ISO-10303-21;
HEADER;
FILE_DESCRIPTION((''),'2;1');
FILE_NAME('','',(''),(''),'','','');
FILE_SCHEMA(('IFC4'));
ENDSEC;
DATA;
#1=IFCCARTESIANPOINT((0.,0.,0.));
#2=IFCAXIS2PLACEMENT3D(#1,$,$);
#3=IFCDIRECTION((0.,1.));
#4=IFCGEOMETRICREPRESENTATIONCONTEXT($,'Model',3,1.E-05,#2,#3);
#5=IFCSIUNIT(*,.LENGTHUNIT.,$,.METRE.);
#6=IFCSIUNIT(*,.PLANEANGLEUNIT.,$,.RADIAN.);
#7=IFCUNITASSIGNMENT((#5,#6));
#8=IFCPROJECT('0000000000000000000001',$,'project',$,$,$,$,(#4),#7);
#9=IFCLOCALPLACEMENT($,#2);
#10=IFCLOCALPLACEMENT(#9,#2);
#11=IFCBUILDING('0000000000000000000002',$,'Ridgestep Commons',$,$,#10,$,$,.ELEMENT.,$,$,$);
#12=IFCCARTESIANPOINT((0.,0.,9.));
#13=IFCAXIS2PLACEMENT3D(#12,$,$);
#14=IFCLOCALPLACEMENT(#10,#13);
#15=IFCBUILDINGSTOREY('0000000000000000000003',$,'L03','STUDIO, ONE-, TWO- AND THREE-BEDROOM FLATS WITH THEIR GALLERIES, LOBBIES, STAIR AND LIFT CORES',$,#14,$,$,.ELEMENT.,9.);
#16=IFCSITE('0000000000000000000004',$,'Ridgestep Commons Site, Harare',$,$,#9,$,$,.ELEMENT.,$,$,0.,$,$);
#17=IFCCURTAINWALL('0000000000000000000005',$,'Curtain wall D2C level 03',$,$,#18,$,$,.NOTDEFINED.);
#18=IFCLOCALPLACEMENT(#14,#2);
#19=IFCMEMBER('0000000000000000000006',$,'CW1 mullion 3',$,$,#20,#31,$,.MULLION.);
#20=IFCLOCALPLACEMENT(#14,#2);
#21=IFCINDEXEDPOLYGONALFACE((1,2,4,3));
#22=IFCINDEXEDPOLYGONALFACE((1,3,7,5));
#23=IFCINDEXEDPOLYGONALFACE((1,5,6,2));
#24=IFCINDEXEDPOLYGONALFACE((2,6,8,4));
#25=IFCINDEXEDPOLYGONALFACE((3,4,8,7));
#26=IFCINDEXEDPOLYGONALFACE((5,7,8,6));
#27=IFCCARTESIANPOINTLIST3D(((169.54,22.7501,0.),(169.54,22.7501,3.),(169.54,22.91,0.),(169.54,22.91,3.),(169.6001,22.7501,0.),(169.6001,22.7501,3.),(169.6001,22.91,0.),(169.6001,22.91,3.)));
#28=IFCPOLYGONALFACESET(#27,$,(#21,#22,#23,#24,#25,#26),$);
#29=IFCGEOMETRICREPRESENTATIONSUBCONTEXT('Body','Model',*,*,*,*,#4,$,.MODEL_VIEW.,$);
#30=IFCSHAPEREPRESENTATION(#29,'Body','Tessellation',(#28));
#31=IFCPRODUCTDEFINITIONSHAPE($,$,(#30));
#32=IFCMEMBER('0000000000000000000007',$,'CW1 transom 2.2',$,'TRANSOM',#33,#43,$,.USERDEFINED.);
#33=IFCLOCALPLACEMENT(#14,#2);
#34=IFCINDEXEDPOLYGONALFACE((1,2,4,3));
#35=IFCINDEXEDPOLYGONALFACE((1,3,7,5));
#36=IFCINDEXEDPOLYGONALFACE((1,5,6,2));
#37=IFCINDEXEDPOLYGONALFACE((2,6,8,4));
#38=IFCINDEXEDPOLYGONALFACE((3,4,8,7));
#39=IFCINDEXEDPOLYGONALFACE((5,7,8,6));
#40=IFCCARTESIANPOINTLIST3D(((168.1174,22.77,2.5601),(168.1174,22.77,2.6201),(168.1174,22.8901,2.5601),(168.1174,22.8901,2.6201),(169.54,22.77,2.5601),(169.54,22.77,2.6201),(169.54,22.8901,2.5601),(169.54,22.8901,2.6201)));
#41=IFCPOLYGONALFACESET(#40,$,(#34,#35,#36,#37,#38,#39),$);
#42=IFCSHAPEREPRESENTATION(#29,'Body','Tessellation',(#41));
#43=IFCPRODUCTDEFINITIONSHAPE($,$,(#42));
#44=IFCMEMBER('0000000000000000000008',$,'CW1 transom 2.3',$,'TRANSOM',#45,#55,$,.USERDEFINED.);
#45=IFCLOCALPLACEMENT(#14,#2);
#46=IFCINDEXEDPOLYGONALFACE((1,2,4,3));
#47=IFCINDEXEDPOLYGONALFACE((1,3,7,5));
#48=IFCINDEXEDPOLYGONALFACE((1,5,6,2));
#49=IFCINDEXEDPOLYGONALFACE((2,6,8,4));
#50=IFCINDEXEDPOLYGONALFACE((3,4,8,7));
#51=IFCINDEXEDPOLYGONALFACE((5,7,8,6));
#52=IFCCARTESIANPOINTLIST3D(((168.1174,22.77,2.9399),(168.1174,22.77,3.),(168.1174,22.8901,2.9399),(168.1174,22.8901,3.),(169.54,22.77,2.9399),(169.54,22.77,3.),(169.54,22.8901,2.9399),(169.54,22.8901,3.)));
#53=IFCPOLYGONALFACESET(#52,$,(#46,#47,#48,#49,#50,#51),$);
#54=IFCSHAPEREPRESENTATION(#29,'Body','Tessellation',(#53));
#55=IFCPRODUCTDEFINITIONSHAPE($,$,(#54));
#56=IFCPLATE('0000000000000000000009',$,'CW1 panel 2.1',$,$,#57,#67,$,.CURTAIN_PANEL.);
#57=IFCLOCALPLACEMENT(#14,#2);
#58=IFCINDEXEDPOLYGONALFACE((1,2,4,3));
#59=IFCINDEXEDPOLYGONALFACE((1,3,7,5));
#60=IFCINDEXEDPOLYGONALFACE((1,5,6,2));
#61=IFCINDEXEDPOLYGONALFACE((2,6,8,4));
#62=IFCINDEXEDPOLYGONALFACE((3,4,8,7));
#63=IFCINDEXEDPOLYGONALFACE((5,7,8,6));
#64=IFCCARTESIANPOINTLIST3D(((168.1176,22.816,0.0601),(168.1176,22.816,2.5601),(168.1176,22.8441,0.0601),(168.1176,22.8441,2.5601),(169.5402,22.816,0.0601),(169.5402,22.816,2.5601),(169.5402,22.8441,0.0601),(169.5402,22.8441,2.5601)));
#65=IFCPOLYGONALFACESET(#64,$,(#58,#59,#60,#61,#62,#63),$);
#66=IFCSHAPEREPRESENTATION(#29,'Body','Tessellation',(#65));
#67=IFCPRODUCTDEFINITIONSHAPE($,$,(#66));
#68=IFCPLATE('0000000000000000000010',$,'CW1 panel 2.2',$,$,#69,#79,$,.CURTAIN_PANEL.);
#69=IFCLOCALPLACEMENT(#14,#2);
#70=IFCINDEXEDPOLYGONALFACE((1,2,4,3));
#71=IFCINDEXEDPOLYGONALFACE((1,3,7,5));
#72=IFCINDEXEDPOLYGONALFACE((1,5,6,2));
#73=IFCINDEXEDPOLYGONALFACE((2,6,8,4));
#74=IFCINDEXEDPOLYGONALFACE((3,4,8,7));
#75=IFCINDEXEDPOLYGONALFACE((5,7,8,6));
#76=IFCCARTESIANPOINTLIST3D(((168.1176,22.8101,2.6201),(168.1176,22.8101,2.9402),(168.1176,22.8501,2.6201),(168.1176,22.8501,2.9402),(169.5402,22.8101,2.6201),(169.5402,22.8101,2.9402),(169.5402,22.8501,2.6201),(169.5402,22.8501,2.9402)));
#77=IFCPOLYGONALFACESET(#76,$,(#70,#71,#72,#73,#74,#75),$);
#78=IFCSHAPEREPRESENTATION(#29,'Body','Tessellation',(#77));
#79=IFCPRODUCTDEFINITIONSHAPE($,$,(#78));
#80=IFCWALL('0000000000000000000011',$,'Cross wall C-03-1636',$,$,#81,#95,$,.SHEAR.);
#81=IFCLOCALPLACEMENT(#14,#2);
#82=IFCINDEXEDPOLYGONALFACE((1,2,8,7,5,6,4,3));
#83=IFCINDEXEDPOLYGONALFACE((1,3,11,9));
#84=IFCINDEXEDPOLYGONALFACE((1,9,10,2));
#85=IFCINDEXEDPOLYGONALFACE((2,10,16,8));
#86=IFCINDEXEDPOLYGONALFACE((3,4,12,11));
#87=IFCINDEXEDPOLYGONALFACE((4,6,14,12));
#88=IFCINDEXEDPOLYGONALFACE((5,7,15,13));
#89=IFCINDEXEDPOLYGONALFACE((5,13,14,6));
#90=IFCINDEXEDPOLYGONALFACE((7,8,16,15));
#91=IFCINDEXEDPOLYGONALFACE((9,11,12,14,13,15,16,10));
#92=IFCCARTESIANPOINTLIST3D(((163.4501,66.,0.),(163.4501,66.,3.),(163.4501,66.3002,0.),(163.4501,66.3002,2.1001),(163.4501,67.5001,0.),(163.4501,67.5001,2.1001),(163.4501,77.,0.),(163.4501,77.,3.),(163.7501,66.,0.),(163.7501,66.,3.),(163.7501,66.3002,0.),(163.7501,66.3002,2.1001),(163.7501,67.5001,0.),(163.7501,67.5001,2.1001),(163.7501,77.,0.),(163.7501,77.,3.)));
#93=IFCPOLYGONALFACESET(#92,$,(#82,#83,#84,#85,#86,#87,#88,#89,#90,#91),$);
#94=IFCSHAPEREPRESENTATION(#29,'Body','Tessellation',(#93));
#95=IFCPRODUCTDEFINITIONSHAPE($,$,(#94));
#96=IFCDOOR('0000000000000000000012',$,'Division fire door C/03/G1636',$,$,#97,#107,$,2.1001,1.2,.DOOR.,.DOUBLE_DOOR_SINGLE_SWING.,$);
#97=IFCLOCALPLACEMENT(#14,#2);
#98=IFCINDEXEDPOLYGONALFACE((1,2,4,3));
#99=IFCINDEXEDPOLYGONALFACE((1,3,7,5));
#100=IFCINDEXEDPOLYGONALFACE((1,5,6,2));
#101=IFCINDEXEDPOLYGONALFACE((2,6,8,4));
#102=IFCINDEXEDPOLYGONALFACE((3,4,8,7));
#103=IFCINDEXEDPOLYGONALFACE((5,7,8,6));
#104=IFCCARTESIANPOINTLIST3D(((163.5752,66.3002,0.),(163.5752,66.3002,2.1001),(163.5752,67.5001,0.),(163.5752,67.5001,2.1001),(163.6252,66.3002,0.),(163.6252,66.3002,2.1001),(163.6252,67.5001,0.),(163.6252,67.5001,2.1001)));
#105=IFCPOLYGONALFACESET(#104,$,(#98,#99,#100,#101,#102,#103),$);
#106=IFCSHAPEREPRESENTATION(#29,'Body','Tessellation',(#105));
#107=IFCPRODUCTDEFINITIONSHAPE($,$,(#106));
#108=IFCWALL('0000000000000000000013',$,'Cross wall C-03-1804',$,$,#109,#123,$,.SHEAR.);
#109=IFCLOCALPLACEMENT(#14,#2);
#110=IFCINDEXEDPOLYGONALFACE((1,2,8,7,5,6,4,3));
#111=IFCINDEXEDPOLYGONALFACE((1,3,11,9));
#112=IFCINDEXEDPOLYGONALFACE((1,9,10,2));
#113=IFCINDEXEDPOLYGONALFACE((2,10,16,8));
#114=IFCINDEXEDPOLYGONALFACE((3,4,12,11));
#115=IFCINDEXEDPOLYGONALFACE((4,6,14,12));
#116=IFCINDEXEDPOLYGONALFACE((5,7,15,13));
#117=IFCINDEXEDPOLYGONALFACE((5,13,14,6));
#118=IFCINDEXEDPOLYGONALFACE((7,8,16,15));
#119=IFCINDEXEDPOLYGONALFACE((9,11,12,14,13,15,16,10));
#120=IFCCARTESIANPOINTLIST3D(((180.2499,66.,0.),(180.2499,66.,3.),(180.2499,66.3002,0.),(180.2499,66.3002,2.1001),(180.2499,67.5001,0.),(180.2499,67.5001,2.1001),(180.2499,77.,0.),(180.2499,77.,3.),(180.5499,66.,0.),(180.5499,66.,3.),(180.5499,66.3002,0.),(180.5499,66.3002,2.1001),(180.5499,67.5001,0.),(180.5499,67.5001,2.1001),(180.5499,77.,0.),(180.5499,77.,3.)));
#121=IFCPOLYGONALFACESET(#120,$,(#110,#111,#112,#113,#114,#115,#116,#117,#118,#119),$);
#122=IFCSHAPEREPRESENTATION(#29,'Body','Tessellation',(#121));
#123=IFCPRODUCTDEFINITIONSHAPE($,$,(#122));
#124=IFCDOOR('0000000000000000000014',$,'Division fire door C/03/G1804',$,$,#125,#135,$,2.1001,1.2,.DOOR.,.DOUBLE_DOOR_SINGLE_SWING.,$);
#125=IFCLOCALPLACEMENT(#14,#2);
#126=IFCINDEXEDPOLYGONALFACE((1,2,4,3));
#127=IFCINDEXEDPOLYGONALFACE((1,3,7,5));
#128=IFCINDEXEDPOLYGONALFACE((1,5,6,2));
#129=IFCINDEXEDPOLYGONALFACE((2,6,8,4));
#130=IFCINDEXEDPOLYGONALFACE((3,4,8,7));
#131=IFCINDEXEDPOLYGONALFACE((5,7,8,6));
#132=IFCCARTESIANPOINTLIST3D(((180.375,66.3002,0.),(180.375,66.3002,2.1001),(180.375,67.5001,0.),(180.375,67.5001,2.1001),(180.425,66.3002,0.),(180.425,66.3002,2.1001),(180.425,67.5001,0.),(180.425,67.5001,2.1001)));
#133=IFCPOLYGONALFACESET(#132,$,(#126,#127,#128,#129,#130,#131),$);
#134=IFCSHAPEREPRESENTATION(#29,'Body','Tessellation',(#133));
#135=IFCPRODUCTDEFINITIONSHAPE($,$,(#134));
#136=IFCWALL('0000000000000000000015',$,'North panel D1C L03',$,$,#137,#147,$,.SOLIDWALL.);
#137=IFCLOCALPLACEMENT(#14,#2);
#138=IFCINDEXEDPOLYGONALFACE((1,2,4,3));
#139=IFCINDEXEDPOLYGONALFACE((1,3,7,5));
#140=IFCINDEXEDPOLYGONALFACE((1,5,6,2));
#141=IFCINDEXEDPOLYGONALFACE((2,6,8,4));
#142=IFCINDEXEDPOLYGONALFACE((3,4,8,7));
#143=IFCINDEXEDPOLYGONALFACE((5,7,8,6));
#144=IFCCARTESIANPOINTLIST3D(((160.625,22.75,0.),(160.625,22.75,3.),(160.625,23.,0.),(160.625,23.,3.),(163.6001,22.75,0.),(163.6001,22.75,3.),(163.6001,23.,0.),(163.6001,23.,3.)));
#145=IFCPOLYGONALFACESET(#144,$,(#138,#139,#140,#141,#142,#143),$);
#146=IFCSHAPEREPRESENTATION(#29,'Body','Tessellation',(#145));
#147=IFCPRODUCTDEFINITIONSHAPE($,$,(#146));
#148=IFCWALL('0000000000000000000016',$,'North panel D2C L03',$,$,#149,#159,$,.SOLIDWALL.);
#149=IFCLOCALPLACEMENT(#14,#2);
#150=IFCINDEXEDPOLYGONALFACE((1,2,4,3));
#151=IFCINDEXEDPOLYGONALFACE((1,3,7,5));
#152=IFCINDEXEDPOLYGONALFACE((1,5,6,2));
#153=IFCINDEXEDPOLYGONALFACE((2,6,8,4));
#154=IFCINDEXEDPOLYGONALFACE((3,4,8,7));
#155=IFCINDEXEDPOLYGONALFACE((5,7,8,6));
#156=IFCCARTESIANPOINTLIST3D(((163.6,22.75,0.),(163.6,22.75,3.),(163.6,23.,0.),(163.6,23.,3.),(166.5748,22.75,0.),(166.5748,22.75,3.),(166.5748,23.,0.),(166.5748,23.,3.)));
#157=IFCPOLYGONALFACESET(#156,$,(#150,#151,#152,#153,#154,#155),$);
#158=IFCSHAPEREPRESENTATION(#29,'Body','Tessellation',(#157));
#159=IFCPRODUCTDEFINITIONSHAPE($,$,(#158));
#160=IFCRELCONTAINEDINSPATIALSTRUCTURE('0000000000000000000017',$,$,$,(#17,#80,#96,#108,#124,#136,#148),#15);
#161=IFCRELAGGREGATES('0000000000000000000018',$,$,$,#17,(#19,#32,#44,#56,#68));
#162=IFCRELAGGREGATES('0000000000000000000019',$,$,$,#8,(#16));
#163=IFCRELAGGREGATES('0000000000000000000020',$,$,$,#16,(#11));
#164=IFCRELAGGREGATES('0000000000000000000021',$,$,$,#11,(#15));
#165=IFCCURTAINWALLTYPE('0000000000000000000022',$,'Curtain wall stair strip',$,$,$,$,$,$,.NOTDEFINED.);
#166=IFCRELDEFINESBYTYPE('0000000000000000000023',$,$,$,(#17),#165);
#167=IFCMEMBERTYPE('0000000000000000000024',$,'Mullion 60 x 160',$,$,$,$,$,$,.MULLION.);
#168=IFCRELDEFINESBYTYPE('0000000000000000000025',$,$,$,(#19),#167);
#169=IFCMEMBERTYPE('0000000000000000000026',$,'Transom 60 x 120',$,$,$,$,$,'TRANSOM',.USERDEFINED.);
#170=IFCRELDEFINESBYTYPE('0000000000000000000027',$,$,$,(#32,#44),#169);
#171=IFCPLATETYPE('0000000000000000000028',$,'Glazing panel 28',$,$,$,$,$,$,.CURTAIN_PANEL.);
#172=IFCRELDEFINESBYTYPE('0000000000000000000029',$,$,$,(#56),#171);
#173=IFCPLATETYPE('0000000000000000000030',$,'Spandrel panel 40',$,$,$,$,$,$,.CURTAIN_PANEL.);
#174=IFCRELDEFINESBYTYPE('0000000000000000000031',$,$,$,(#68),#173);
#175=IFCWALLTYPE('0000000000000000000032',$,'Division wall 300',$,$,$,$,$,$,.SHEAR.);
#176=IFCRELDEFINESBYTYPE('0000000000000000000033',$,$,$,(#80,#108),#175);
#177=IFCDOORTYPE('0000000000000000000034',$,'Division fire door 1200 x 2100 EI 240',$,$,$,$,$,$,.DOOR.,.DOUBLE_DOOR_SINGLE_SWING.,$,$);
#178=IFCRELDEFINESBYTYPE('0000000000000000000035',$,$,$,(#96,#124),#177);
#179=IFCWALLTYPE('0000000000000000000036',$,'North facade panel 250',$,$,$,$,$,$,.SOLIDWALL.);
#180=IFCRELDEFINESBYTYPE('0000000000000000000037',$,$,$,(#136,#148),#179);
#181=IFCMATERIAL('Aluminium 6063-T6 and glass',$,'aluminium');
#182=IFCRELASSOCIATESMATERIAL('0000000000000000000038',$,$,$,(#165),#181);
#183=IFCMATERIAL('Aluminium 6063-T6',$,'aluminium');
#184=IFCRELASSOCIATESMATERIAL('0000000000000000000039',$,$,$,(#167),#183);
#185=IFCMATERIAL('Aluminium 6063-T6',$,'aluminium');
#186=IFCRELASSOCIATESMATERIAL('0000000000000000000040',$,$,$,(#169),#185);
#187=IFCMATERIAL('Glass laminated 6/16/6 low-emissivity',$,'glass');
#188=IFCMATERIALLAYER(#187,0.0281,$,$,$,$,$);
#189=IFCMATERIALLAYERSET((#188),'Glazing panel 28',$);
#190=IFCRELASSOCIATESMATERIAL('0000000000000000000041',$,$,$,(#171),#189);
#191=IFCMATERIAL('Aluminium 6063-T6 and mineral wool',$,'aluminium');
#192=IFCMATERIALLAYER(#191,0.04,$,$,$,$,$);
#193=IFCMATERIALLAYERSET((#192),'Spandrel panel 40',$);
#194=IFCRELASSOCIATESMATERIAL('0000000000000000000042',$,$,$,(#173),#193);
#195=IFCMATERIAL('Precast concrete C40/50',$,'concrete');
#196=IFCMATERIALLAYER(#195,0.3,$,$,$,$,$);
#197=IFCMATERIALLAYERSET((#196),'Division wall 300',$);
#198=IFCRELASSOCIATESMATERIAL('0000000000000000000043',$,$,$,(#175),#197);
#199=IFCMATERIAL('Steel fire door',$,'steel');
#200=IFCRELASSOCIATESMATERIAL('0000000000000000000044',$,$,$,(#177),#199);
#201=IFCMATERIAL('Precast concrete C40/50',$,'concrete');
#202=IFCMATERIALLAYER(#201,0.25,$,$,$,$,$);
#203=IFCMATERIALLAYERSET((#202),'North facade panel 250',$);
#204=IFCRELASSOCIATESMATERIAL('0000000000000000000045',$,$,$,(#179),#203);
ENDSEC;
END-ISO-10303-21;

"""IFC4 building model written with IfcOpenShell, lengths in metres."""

from ifc_helpers import new_model, si_unit, direction, frame, frame_2d, origin, origin_2d, place, context, subcontext, project, spatial, rectangle, extrude, material, layer, layer_set, material_profile, profile_set, type_object, element, fill, aggregate, save


model = new_model("IFC4")

# Units and contexts
model_context = context("Model", 3, precision=1e-05, world=origin(), true_north=direction((0.0, 1.0)))
body_context = subcontext(model_context, "Body", "Model", "MODEL_VIEW")
ifc_project = project(units=[si_unit("LENGTHUNIT", "METRE"), si_unit("PLANEANGLEUNIT", "RADIAN")], contexts=[model_context])

# Site, building, storey
site_placement = place(None, origin())
site = spatial("IfcSite", under=ifc_project, at=site_placement, Name="Ridgestep Commons Site, Harare", CompositionType="ELEMENT", RefElevation=0.0)
building_placement = place(site_placement, origin())
building = spatial("IfcBuilding", under=site, at=building_placement, Name="Ridgestep Commons", CompositionType="ELEMENT")
storey_placement = place(building_placement, frame((0.0, 0.0, 9.0)))
storey = spatial("IfcBuildingStorey", under=building, at=storey_placement, Name="L03", Description="STUDIO, ONE-, TWO- AND THREE-BEDROOM FLATS WITH THEIR GALLERIES, LOBBIES, STAIR AND LIFT CORES", CompositionType="ELEMENT", Elevation=9.0)

# Curtain wall, members, plates
ifc_material_1 = material(Name="Aluminium 6063-T6 and glass", Category="aluminium")
curtain_wall_type = type_object("IfcCurtainWallType", Name="Curtain wall stair strip", PredefinedType="NOTDEFINED", material=ifc_material_1)
curtain_wall_placement = place(storey_placement, origin())
curtain_wall = element("IfcCurtainWall", 1, at=curtain_wall_placement, inside=storey, type_object=curtain_wall_type, Name="Curtain wall D2C level 03", PredefinedType="NOTDEFINED")
ifc_material_2 = material(Name="Aluminium 6063-T6", Category="aluminium")
ifc_material_profile_1 = material_profile(ifc_material_2, rectangle(XDim=0.1599, YDim=0.0601, at=origin_2d()), Name="Mullion 60 x 160")
ifc_profile_set_1 = profile_set([ifc_material_profile_1], Name="Aluminium 6063-T6")
member_type_1 = type_object("IfcMemberType", Name="Mullion 60 x 160", PredefinedType="MULLION", material=ifc_profile_set_1)
member_1_placement = place(storey_placement, frame((169.5701, 22.8301, 0.0), z_axis=(0.0, 0.0, 1.0), x_axis=(0.0, 1.0, 0.0)))
member_1 = element("IfcMember", 2, at=member_1_placement, type_object=member_type_1, Name="CW1 mullion 3", PredefinedType="MULLION", context=body_context, shape_type="SweptSolid", body=[
    extrude(rectangle(XDim=0.1599, YDim=0.0601, at=origin_2d()), origin(), (0.0, 0.0, 1.0), 3.0),
])
ifc_material_3 = material(Name="Aluminium 6063-T6", Category="aluminium")
ifc_material_profile_2 = material_profile(ifc_material_3, rectangle(XDim=0.1201, YDim=0.0601, at=origin_2d()), Name="Transom 60 x 120")
ifc_profile_set_2 = profile_set([ifc_material_profile_2], Name="Aluminium 6063-T6")
member_type_2 = type_object("IfcMemberType", Name="Transom 60 x 120", ElementType="TRANSOM", PredefinedType="USERDEFINED", material=ifc_profile_set_2)
member_2_placement = place(storey_placement, frame((168.1174, 22.8301, 2.5901), z_axis=(1.0, 0.0, 0.0), x_axis=(0.0, 1.0, 0.0)))
member_2 = element("IfcMember", 3, at=member_2_placement, type_object=member_type_2, Name="CW1 transom 2.2", ObjectType="TRANSOM", PredefinedType="USERDEFINED", context=body_context, shape_type="SweptSolid", body=[
    extrude(rectangle(XDim=0.1201, YDim=0.0601, at=origin_2d()), origin(), (0.0, 0.0, 1.0), 1.4226),
])
member_3_placement = place(storey_placement, frame((168.1174, 22.8301, 2.97), z_axis=(1.0, 0.0, 0.0), x_axis=(0.0, 1.0, 0.0)))
member_3 = element("IfcMember", 4, at=member_3_placement, type_object=member_type_2, Name="CW1 transom 2.3", ObjectType="TRANSOM", PredefinedType="USERDEFINED", context=body_context, shape_type="SweptSolid", body=[
    extrude(rectangle(XDim=0.1201, YDim=0.0601, at=origin_2d()), origin(), (0.0, 0.0, 1.0), 1.4226),
])
ifc_material_4 = material(Name="Glass laminated 6/16/6 low-emissivity", Category="glass")
ifc_layer_1 = layer(ifc_material_4, 0.0281)
ifc_layer_set_1 = layer_set([ifc_layer_1], Name="Glazing panel 28")
plate_type_1 = type_object("IfcPlateType", Name="Glazing panel 28", PredefinedType="CURTAIN_PANEL", material=ifc_layer_set_1)
plate_1_placement = place(storey_placement, frame((168.8289, 22.8301, 0.0601), z_axis=(0.0, 0.0, 1.0), x_axis=(1.0, 0.0, 0.0)))
plate_1 = element("IfcPlate", 5, at=plate_1_placement, type_object=plate_type_1, Name="CW1 panel 2.1", PredefinedType="CURTAIN_PANEL", context=body_context, shape_type="SweptSolid", body=[
    extrude(rectangle(XDim=1.4226, YDim=0.0281, at=origin_2d()), origin(), (0.0, 0.0, 1.0), 2.5),
])
ifc_material_5 = material(Name="Aluminium 6063-T6 and mineral wool", Category="aluminium")
ifc_layer_2 = layer(ifc_material_5, 0.04)
ifc_layer_set_2 = layer_set([ifc_layer_2], Name="Spandrel panel 40")
plate_type_2 = type_object("IfcPlateType", Name="Spandrel panel 40", PredefinedType="CURTAIN_PANEL", material=ifc_layer_set_2)
plate_2_placement = place(storey_placement, frame((168.8289, 22.8301, 2.6201), z_axis=(0.0, 0.0, 1.0), x_axis=(1.0, 0.0, 0.0)))
plate_2 = element("IfcPlate", 6, at=plate_2_placement, type_object=plate_type_2, Name="CW1 panel 2.2", PredefinedType="CURTAIN_PANEL", context=body_context, shape_type="SweptSolid", body=[
    extrude(rectangle(XDim=1.4226, YDim=0.04, at=origin_2d()), origin(), (0.0, 0.0, 1.0), 0.3201),
])
aggregate(curtain_wall, [member_1, member_2, member_3, plate_1, plate_2])

# Walls, openings, doors
ifc_material_6 = material(Name="Precast concrete C40/50", Category="concrete")
ifc_layer_3 = layer(ifc_material_6, 0.3)
ifc_layer_set_3 = layer_set([ifc_layer_3], Name="Division wall 300")
wall_type_1 = type_object("IfcWallType", Name="Division wall 300", PredefinedType="SHEAR", material=ifc_layer_set_3)
wall_1_placement = place(storey_placement, frame((163.6001, 66.0, 0.0), z_axis=(0.0, 0.0, 1.0), x_axis=(0.0, 1.0, 0.0)))
wall_1 = element("IfcWall", 7, at=wall_1_placement, inside=storey, type_object=wall_type_1, Name="Cross wall C-03-1636", PredefinedType="SHEAR", context=body_context, shape_type="SweptSolid", body=[
    extrude(rectangle(XDim=11.0, YDim=0.3, at=frame_2d((5.5, 0.0))), origin(), (0.0, 0.0, 1.0), 3.0),
])
opening_1_placement = place(wall_1_placement, frame((0.3, 0.0, 0.0)))
opening_1 = element("IfcOpeningElement", 8, at=opening_1_placement, cuts=wall_1, PredefinedType="OPENING", context=body_context, shape_type="SweptSolid", body=[
    extrude(rectangle(XDim=1.2, YDim=2.1001, at=frame_2d((0.6001, 1.05))), frame((0.0, 0.1599, 0.0), z_axis=(0.0, -1.0, 0.0), x_axis=(1.0, 0.0, 0.0)), (0.0, 0.0, 1.0), 0.3201),
])
ifc_material_7 = material(Name="Steel fire door", Category="steel")
door_type = type_object("IfcDoorType", Name="Division fire door 1200 x 2100 EI 240", OperationType="DOUBLE_DOOR_SINGLE_SWING", PredefinedType="DOOR", material=ifc_material_7)
door_1_placement = place(opening_1_placement, origin())
door_1 = element("IfcDoor", 9, at=door_1_placement, inside=storey, type_object=door_type, Name="Division fire door C/03/G1636", OperationType="DOUBLE_DOOR_SINGLE_SWING", OverallHeight=2.1001, OverallWidth=1.2, PredefinedType="DOOR", context=body_context, shape_type="SweptSolid", body=[
    extrude(rectangle(XDim=1.2, YDim=2.1001, at=frame_2d((0.6001, 1.05))), frame((0.0, 0.0249, 0.0), z_axis=(0.0, -1.0, 0.0), x_axis=(1.0, 0.0, 0.0)), (0.0, 0.0, 1.0), 0.05),
])
fill(opening_1, door_1)
wall_2_placement = place(storey_placement, frame((180.3999, 66.0, 0.0), z_axis=(0.0, 0.0, 1.0), x_axis=(0.0, 1.0, 0.0)))
wall_2 = element("IfcWall", 10, at=wall_2_placement, inside=storey, type_object=wall_type_1, Name="Cross wall C-03-1804", PredefinedType="SHEAR", context=body_context, shape_type="SweptSolid", body=[
    extrude(rectangle(XDim=11.0, YDim=0.3, at=frame_2d((5.5, 0.0))), origin(), (0.0, 0.0, 1.0), 3.0),
])
opening_2_placement = place(wall_2_placement, frame((0.3, 0.0, 0.0)))
opening_2 = element("IfcOpeningElement", 11, at=opening_2_placement, cuts=wall_2, PredefinedType="OPENING", context=body_context, shape_type="SweptSolid", body=[
    extrude(rectangle(XDim=1.2, YDim=2.1001, at=frame_2d((0.6001, 1.05))), frame((0.0, 0.1599, 0.0), z_axis=(0.0, -1.0, 0.0), x_axis=(1.0, 0.0, 0.0)), (0.0, 0.0, 1.0), 0.3201),
])
door_2_placement = place(opening_2_placement, origin())
door_2 = element("IfcDoor", 12, at=door_2_placement, inside=storey, type_object=door_type, Name="Division fire door C/03/G1804", OperationType="DOUBLE_DOOR_SINGLE_SWING", OverallHeight=2.1001, OverallWidth=1.2, PredefinedType="DOOR", context=body_context, shape_type="SweptSolid", body=[
    extrude(rectangle(XDim=1.2, YDim=2.1001, at=frame_2d((0.6001, 1.05))), frame((0.0, 0.0249, 0.0), z_axis=(0.0, -1.0, 0.0), x_axis=(1.0, 0.0, 0.0)), (0.0, 0.0, 1.0), 0.05),
])
fill(opening_2, door_2)

# Walls
ifc_material_8 = material(Name="Precast concrete C40/50", Category="concrete")
ifc_layer_4 = layer(ifc_material_8, 0.25)
ifc_layer_set_4 = layer_set([ifc_layer_4], Name="North facade panel 250")
wall_type_2 = type_object("IfcWallType", Name="North facade panel 250", PredefinedType="SOLIDWALL", material=ifc_layer_set_4)
wall_3_placement = place(storey_placement, frame((160.625, 22.875, 0.0), z_axis=(0.0, 0.0, 1.0), x_axis=(1.0, 0.0, 0.0)))
element("IfcWall", 13, at=wall_3_placement, inside=storey, type_object=wall_type_2, Name="North panel D1C L03", PredefinedType="SOLIDWALL", context=body_context, shape_type="SweptSolid", body=[
    extrude(rectangle(XDim=2.9751, YDim=0.25, at=frame_2d((1.4875, 0.0))), origin(), (0.0, 0.0, 1.0), 3.0),
])
wall_4_placement = place(storey_placement, frame((163.6001, 22.875, 0.0), z_axis=(0.0, 0.0, 1.0), x_axis=(1.0, 0.0, 0.0)))
element("IfcWall", 14, at=wall_4_placement, inside=storey, type_object=wall_type_2, Name="North panel D2C L03", PredefinedType="SOLIDWALL", context=body_context, shape_type="SweptSolid", body=[
    extrude(rectangle(XDim=2.9749, YDim=0.25, at=frame_2d((1.4873, 0.0))), origin(), (0.0, 0.0, 1.0), 3.0),
])

save(model, "model.ifc")
